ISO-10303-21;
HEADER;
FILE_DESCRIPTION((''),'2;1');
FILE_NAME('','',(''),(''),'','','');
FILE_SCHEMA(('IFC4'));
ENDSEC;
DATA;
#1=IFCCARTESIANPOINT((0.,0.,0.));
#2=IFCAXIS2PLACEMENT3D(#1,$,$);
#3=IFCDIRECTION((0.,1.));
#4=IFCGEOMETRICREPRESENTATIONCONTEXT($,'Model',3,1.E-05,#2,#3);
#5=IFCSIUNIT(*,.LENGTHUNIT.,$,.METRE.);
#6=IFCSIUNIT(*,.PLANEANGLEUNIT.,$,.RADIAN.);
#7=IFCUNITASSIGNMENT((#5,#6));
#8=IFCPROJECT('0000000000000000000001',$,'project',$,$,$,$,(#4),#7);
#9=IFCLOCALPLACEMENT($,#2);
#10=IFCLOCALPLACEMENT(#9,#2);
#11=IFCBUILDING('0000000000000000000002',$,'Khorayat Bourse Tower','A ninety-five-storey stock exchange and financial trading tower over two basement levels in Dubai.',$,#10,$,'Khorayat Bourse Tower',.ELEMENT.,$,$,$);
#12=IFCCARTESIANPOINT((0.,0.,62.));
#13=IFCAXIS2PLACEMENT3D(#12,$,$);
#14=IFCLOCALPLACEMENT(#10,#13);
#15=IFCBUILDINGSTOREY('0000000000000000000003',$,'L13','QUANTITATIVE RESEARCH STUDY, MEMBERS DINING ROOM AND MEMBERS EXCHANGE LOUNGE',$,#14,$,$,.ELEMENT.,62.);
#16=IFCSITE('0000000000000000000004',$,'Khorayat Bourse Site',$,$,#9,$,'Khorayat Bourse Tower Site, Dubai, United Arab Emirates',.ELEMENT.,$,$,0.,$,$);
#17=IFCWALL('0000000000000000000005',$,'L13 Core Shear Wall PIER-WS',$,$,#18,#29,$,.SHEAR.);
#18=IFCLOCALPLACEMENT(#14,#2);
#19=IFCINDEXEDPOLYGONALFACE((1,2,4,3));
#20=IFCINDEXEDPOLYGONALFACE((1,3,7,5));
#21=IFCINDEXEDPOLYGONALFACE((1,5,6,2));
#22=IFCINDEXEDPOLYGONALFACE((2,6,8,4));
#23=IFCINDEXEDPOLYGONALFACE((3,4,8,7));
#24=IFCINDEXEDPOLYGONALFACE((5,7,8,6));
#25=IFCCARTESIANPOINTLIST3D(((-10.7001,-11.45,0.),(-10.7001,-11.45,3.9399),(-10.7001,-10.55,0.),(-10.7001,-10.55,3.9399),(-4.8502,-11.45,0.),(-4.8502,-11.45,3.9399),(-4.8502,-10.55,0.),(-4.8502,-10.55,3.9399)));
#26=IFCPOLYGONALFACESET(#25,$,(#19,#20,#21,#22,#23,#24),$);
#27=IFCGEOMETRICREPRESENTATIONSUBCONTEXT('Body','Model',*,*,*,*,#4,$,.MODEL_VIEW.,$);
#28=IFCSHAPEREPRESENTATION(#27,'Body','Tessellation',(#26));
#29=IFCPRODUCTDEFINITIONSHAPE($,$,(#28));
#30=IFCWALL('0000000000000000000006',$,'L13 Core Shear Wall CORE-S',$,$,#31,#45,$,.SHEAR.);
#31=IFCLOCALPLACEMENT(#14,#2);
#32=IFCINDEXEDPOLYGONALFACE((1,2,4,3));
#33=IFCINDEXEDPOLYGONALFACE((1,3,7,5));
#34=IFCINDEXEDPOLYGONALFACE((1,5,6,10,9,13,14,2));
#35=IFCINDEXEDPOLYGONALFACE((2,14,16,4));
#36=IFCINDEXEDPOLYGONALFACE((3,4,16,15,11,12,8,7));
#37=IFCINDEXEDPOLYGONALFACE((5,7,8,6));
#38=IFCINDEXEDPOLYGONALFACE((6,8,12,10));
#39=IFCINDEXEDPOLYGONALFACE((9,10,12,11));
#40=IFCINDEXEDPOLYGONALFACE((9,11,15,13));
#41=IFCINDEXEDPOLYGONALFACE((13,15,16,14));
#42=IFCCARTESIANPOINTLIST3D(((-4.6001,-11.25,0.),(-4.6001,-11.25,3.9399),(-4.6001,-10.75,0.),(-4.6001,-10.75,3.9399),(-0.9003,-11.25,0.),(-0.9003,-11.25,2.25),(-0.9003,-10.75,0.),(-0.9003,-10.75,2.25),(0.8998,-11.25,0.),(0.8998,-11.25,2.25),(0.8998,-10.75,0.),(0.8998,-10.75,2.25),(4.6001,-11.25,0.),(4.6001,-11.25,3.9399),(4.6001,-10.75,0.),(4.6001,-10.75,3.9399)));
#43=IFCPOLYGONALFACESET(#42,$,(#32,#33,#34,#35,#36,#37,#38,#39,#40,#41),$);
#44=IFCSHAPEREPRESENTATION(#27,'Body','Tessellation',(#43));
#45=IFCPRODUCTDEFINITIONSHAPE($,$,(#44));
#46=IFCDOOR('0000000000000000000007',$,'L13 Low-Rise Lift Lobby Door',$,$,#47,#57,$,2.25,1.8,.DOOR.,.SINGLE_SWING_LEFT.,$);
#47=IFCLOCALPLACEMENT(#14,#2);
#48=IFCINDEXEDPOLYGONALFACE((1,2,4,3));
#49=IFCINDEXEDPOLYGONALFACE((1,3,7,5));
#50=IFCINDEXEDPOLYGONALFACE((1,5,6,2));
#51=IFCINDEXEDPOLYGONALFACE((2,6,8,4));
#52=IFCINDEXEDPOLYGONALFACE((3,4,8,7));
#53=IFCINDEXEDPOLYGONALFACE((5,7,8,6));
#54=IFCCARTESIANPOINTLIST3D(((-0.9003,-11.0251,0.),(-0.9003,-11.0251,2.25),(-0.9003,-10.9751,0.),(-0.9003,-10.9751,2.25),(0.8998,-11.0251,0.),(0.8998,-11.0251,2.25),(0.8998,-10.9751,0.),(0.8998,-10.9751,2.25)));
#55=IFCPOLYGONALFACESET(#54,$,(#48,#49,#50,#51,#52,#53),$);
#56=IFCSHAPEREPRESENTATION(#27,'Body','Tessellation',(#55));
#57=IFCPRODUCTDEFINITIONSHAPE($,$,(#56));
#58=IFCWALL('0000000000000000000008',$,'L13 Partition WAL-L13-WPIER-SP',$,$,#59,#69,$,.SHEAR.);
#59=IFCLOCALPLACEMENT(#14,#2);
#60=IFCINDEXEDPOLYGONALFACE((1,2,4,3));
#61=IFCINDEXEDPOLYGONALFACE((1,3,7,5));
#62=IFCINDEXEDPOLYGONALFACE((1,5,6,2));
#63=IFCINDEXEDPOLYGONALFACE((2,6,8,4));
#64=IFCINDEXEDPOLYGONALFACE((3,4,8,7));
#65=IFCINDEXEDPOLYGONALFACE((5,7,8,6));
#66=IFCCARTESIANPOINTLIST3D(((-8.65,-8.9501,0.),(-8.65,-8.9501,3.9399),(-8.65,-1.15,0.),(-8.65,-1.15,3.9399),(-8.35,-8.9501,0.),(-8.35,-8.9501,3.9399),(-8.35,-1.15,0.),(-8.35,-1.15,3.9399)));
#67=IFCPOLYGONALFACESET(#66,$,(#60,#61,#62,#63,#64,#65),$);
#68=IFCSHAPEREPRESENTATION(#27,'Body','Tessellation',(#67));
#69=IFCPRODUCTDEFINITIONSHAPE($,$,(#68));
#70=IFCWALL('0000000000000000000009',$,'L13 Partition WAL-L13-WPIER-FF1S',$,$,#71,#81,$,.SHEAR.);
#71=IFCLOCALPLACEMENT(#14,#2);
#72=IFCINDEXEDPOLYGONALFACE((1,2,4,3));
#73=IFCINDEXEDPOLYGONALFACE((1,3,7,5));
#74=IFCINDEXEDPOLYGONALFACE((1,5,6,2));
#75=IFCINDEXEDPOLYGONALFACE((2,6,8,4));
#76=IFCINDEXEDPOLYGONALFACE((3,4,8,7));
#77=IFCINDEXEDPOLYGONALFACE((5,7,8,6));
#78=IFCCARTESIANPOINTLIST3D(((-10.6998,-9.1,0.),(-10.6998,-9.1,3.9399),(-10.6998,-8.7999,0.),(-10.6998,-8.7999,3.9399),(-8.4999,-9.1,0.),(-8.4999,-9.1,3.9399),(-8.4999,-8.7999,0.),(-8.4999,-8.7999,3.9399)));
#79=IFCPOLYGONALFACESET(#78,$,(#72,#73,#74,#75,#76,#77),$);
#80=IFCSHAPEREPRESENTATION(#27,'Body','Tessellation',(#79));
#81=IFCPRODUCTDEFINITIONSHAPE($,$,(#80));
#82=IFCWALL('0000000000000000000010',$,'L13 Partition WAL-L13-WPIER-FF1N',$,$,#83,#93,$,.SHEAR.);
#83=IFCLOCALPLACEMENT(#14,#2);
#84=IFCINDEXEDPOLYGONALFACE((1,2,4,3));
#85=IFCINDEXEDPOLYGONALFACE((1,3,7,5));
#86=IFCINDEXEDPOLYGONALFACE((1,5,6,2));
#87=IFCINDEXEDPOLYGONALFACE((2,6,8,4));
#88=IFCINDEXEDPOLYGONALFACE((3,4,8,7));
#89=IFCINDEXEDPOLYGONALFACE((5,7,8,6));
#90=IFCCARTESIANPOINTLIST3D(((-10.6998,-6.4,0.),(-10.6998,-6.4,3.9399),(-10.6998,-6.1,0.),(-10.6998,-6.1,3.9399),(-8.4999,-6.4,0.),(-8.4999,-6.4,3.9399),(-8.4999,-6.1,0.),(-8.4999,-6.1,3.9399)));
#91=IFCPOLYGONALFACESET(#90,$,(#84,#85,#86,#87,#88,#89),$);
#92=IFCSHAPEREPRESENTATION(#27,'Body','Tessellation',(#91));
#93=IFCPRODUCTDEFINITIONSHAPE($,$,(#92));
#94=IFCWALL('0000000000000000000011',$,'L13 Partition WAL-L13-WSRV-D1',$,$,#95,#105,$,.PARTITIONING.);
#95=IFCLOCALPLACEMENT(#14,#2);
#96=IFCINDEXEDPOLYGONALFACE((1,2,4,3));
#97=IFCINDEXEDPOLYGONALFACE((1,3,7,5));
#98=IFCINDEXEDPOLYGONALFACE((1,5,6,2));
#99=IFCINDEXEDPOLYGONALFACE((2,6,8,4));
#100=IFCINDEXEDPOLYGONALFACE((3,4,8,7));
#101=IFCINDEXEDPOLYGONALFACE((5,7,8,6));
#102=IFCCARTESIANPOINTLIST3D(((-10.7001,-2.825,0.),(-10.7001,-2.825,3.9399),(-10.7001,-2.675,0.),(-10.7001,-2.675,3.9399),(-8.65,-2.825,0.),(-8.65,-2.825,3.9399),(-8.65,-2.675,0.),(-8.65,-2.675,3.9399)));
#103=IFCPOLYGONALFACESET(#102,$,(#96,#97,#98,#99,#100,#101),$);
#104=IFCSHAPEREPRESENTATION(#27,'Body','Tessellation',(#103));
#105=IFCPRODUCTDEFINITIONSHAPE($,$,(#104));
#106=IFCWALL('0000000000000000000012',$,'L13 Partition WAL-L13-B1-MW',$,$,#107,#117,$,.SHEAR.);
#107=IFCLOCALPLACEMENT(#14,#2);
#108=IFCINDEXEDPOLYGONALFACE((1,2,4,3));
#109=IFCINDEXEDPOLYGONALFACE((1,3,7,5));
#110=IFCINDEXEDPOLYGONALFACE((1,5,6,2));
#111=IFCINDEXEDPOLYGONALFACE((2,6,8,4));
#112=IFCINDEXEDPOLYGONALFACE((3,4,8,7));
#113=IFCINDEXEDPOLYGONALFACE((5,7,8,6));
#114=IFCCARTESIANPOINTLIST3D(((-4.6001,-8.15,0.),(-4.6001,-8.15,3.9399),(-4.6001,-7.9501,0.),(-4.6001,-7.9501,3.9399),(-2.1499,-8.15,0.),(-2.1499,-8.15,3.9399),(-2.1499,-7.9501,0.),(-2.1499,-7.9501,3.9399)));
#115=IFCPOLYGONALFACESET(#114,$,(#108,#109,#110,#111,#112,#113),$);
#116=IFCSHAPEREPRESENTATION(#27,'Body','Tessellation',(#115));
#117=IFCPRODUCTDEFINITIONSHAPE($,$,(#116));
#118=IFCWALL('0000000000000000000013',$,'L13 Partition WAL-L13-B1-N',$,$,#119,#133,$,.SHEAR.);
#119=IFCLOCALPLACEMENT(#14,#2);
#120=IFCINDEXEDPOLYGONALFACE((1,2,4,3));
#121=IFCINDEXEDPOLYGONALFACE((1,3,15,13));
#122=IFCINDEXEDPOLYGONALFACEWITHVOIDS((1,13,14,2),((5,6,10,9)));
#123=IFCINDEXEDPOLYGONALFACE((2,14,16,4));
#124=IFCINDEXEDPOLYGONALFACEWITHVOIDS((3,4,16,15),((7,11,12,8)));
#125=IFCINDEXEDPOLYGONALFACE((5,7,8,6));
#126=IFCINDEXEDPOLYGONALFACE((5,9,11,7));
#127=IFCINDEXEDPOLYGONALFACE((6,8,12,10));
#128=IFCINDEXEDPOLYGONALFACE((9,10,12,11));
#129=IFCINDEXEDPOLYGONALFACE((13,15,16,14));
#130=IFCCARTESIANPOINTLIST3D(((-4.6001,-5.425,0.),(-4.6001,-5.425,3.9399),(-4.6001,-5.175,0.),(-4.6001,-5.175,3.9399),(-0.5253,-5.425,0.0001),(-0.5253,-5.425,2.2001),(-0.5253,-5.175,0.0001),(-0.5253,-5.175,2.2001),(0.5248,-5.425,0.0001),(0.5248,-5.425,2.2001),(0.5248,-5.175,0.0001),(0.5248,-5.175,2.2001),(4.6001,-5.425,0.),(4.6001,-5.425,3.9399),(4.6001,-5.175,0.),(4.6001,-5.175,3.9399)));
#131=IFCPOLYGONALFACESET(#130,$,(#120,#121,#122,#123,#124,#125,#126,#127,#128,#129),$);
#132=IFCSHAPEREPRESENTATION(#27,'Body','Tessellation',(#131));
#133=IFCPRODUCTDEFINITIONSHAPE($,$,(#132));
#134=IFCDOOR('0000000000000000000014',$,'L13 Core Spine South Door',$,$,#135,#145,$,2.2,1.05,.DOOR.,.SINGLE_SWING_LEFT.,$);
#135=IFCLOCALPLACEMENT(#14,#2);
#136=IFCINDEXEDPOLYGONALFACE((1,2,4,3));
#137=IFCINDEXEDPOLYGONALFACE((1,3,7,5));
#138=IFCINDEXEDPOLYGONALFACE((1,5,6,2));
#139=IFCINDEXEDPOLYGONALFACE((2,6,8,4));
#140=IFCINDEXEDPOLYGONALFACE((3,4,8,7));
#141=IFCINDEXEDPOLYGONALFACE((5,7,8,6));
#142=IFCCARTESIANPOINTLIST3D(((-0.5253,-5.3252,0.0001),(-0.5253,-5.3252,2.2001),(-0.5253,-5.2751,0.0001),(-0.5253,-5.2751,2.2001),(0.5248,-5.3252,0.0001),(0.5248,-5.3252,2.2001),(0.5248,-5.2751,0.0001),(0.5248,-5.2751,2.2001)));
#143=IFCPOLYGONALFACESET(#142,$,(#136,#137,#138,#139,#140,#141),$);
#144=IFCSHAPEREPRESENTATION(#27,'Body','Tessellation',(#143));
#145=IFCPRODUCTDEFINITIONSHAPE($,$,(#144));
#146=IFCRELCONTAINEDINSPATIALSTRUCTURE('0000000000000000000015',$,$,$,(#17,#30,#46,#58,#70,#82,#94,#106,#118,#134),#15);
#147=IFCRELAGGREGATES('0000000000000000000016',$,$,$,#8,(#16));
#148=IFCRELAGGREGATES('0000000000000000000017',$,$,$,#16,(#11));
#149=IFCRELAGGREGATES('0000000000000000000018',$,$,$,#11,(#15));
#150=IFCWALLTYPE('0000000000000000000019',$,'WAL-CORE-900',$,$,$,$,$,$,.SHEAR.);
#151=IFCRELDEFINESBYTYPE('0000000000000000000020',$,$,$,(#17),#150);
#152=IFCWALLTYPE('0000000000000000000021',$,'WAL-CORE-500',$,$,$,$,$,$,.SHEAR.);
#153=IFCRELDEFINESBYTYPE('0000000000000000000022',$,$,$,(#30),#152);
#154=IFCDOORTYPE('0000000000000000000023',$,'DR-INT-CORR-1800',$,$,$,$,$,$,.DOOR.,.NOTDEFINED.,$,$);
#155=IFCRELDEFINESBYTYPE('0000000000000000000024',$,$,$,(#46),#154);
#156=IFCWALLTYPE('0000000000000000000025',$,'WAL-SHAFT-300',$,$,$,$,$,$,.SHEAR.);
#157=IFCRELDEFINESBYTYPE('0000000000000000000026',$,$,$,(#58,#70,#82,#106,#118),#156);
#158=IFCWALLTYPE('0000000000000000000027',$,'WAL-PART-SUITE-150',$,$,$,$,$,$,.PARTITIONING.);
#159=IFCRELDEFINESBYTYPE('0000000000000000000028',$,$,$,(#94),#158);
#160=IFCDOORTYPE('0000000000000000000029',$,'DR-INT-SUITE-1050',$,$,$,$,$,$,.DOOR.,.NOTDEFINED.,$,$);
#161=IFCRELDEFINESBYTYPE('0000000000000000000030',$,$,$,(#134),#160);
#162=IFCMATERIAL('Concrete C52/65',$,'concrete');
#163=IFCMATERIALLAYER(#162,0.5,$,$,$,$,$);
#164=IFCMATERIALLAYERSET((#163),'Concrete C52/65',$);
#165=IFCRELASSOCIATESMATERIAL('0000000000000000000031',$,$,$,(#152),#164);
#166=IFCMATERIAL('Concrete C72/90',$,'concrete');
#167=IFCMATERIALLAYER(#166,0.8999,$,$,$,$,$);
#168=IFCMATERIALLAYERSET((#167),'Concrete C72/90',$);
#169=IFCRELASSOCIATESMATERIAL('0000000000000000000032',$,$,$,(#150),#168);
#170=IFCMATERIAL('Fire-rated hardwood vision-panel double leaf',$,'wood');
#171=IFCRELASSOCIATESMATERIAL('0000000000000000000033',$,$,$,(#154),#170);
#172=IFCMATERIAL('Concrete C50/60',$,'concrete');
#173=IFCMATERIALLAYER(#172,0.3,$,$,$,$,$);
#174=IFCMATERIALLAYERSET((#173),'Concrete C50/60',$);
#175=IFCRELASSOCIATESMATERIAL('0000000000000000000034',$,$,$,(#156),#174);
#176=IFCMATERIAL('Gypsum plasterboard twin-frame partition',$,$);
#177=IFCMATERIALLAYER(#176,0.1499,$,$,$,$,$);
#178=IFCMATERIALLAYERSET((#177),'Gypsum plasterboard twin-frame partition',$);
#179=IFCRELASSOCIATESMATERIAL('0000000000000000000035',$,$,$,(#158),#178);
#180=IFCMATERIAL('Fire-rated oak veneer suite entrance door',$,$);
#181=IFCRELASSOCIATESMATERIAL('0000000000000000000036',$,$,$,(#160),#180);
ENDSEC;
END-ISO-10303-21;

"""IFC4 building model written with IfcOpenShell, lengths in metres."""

from ifc_helpers import new_model, si_unit, direction, frame, frame_2d, origin, place, context, subcontext, project, spatial, rectangle, extrude, source, transform, mapped, material, layer, layer_set, type_object, element, fill, save


model = new_model("IFC4")

# Units and contexts
model_context = context("Model", 3, precision=1e-05, world=origin(), true_north=direction((0.0, 1.0)))
body_context = subcontext(model_context, "Body", "Model", "MODEL_VIEW")
ifc_project = project(units=[si_unit("LENGTHUNIT", "METRE"), si_unit("PLANEANGLEUNIT", "RADIAN")], contexts=[model_context])

# Site, building, storey
site_placement = place(None, origin())
site = spatial("IfcSite", under=ifc_project, at=site_placement, Name="Khorayat Bourse Site", LongName="Khorayat Bourse Tower Site, Dubai, United Arab Emirates", CompositionType="ELEMENT", RefElevation=0.0)
building_placement = place(site_placement, origin())
building = spatial("IfcBuilding", under=site, at=building_placement, Name="Khorayat Bourse Tower", Description="A ninety-five-storey stock exchange and financial trading tower over two basement levels in Dubai.", LongName="Khorayat Bourse Tower", CompositionType="ELEMENT")
storey_placement = place(building_placement, frame((0.0, 0.0, 62.0)))
storey = spatial("IfcBuildingStorey", under=building, at=storey_placement, Name="L13", Description="QUANTITATIVE RESEARCH STUDY, MEMBERS DINING ROOM AND MEMBERS EXCHANGE LOUNGE", CompositionType="ELEMENT", Elevation=62.0)

# Shared definitions
ifc_material_1 = material(Name="Concrete C72/90", Category="concrete")

# Wall
ifc_material_2 = material(Name="Concrete C52/65", Category="concrete")
ifc_layer_1 = layer(ifc_material_2, 0.5)
ifc_layer_set_1 = layer_set([ifc_layer_1], Name="Concrete C52/65")
wall_type_1 = type_object("IfcWallType", Name="WAL-CORE-500", PredefinedType="SHEAR", material=ifc_layer_set_1)
ifc_layer_2 = layer(ifc_material_1, 0.8999)
ifc_layer_set_2 = layer_set([ifc_layer_2], Name="Concrete C72/90")
wall_type_2 = type_object("IfcWallType", Name="WAL-CORE-900", PredefinedType="SHEAR", material=ifc_layer_set_2)
shared_shape_1 = source(origin(), body_context, "Body", "SweptSolid", [
    extrude(rectangle(XDim=5.8499, YDim=0.8999, at=frame_2d((2.9248, 0.0))), origin(), (0.0, 0.0, 1.0), 3.9399),
])
wall_1_placement = place(storey_placement, frame((-10.7, -11.0, 0.0), z_axis=(0.0, 0.0, 1.0), x_axis=(1.0, 0.0, 0.0)))
element("IfcWall", 1, at=wall_1_placement, inside=storey, type_object=wall_type_2, Name="L13 Core Shear Wall PIER-WS", PredefinedType="SHEAR", context=body_context, shape_type="MappedRepresentation", body=[
    mapped(shared_shape_1, transform((0.0, 0.0, 0.0), scale=1.0)),
])

# Wall, opening, door
shared_shape_2 = source(origin(), body_context, "Body", "SweptSolid", [
    extrude(rectangle(XDim=9.2002, YDim=0.5, at=frame_2d((4.6001, 0.0))), origin(), (0.0, 0.0, 1.0), 3.9399),
])
wall_2_placement = place(storey_placement, frame((-4.6001, -11.0, 0.0), z_axis=(0.0, 0.0, 1.0), x_axis=(1.0, 0.0, 0.0)))
wall_2 = element("IfcWall", 2, at=wall_2_placement, inside=storey, type_object=wall_type_1, Name="L13 Core Shear Wall CORE-S", PredefinedType="SHEAR", context=body_context, shape_type="MappedRepresentation", body=[
    mapped(shared_shape_2, transform((0.0, 0.0, 0.0), scale=1.0)),
])
shared_shape_3 = source(origin(), body_context, "Body", "SweptSolid", [
    extrude(rectangle(XDim=1.8, YDim=2.25, at=frame_2d((0.8999, 1.125))), frame((0.0, 0.26, 0.0), z_axis=(0.0, -1.0, 0.0), x_axis=(1.0, 0.0, 0.0)), (0.0, 0.0, 1.0), 0.52),
])
opening_1_placement = place(wall_2_placement, frame((3.7, 0.0, 0.0)))
opening_1 = element("IfcOpeningElement", 3, at=opening_1_placement, cuts=wall_2, PredefinedType="OPENING", context=body_context, shape_type="MappedRepresentation", body=[
    mapped(shared_shape_3, transform((0.0, 0.0, 0.0), scale=1.0)),
])
ifc_material_3 = material(Name="Fire-rated hardwood vision-panel double leaf", Category="wood")
door_type_1 = type_object("IfcDoorType", Name="DR-INT-CORR-1800", OperationType="NOTDEFINED", PredefinedType="DOOR", material=ifc_material_3)
shared_shape_4 = source(origin(), body_context, "Body", "SweptSolid", [
    extrude(rectangle(XDim=1.8, YDim=2.25, at=frame_2d((0.8999, 1.125))), frame((0.0, 0.0249, 0.0), z_axis=(0.0, -1.0, 0.0), x_axis=(1.0, 0.0, 0.0)), (0.0, 0.0, 1.0), 0.05),
])
door_1_placement = place(opening_1_placement, origin())
door_1 = element("IfcDoor", 4, at=door_1_placement, inside=storey, type_object=door_type_1, Name="L13 Low-Rise Lift Lobby Door", OperationType="SINGLE_SWING_LEFT", OverallHeight=2.25, OverallWidth=1.8, PredefinedType="DOOR", context=body_context, shape_type="MappedRepresentation", body=[
    mapped(shared_shape_4, transform((0.0, 0.0, 0.0), scale=1.0)),
])
fill(opening_1, door_1)

# Walls
ifc_material_4 = material(Name="Concrete C50/60", Category="concrete")
ifc_layer_3 = layer(ifc_material_4, 0.3)
ifc_layer_set_3 = layer_set([ifc_layer_3], Name="Concrete C50/60")
wall_type_3 = type_object("IfcWallType", Name="WAL-SHAFT-300", PredefinedType="SHEAR", material=ifc_layer_set_3)
shared_shape_5 = source(origin(), body_context, "Body", "SweptSolid", [
    extrude(rectangle(XDim=7.8, YDim=0.3, at=frame_2d((3.8999, 0.0))), origin(), (0.0, 0.0, 1.0), 3.9399),
])
wall_3_placement = place(storey_placement, frame((-8.5, -8.95, 0.0), z_axis=(0.0, 0.0, 1.0), x_axis=(0.0, 1.0, 0.0)))
element("IfcWall", 5, at=wall_3_placement, inside=storey, type_object=wall_type_3, Name="L13 Partition WAL-L13-WPIER-SP", PredefinedType="SHEAR", context=body_context, shape_type="MappedRepresentation", body=[
    mapped(shared_shape_5, transform((0.0, 0.0, 0.0), scale=1.0)),
])
shared_shape_6 = source(origin(), body_context, "Body", "SweptSolid", [
    extrude(rectangle(XDim=2.2, YDim=0.3, at=frame_2d((1.1001, 0.0))), origin(), (0.0, 0.0, 1.0), 3.9399),
])
for number, where, z_axis, x_axis, name in (
    (6, (-10.7, -8.95, 0.0), (0.0, 0.0, 1.0), (1.0, 0.0, 0.0), "L13 Partition WAL-L13-WPIER-FF1S"),
    (7, (-10.7, -6.25, 0.0), (0.0, 0.0, 1.0), (1.0, 0.0, 0.0), "L13 Partition WAL-L13-WPIER-FF1N"),
):
    element("IfcWall", number, at=place(storey_placement, frame(where, z_axis=z_axis, x_axis=x_axis)), inside=storey, type_object=wall_type_3, Name=name, PredefinedType="SHEAR", context=body_context, shape_type="MappedRepresentation", body=[
        mapped(shared_shape_6, transform((0.0, 0.0, 0.0), scale=1.0)),
    ])
ifc_material_5 = material(Name="Gypsum plasterboard twin-frame partition")
ifc_layer_4 = layer(ifc_material_5, 0.1499)
ifc_layer_set_4 = layer_set([ifc_layer_4], Name="Gypsum plasterboard twin-frame partition")
wall_type_4 = type_object("IfcWallType", Name="WAL-PART-SUITE-150", PredefinedType="PARTITIONING", material=ifc_layer_set_4)
shared_shape_7 = source(origin(), body_context, "Body", "SweptSolid", [
    extrude(rectangle(XDim=2.05, YDim=0.1499, at=frame_2d((1.0249, 0.0))), origin(), (0.0, 0.0, 1.0), 3.9399),
])
wall_4_placement = place(storey_placement, frame((-10.7, -2.75, 0.0), z_axis=(0.0, 0.0, 1.0), x_axis=(1.0, 0.0, 0.0)))
element("IfcWall", 8, at=wall_4_placement, inside=storey, type_object=wall_type_4, Name="L13 Partition WAL-L13-WSRV-D1", PredefinedType="PARTITIONING", context=body_context, shape_type="MappedRepresentation", body=[
    mapped(shared_shape_7, transform((0.0, 0.0, 0.0), scale=1.0)),
])
shared_shape_8 = source(origin(), body_context, "Body", "SweptSolid", [
    extrude(rectangle(XDim=2.4502, YDim=0.2, at=frame_2d((1.2251, 0.0))), origin(), (0.0, 0.0, 1.0), 3.9399),
])
wall_5_placement = place(storey_placement, frame((-4.6001, -8.05, 0.0), z_axis=(0.0, 0.0, 1.0), x_axis=(1.0, 0.0, 0.0)))
element("IfcWall", 9, at=wall_5_placement, inside=storey, type_object=wall_type_3, Name="L13 Partition WAL-L13-B1-MW", PredefinedType="SHEAR", context=body_context, shape_type="MappedRepresentation", body=[
    mapped(shared_shape_8, transform((0.0, 0.0, 0.0), scale=1.0)),
])

# Wall, opening, door
shared_shape_9 = source(origin(), body_context, "Body", "SweptSolid", [
    extrude(rectangle(XDim=9.2002, YDim=0.25, at=frame_2d((4.6001, 0.0))), origin(), (0.0, 0.0, 1.0), 3.9399),
])
wall_6_placement = place(storey_placement, frame((-4.6001, -5.3, 0.0), z_axis=(0.0, 0.0, 1.0), x_axis=(1.0, 0.0, 0.0)))
wall_6 = element("IfcWall", 10, at=wall_6_placement, inside=storey, type_object=wall_type_3, Name="L13 Partition WAL-L13-B1-N", PredefinedType="SHEAR", context=body_context, shape_type="MappedRepresentation", body=[
    mapped(shared_shape_9, transform((0.0, 0.0, 0.0), scale=1.0)),
])
shared_shape_10 = source(origin(), body_context, "Body", "SweptSolid", [
    extrude(rectangle(XDim=1.05, YDim=2.2, at=frame_2d((0.5249, 1.1001))), frame((0.0, 0.135, 0.0), z_axis=(0.0, -1.0, 0.0), x_axis=(1.0, 0.0, 0.0)), (0.0, 0.0, 1.0), 0.27),
])
opening_2_placement = place(wall_6_placement, frame((4.075, 0.0, 0.0)))
opening_2 = element("IfcOpeningElement", 11, at=opening_2_placement, cuts=wall_6, PredefinedType="OPENING", context=body_context, shape_type="MappedRepresentation", body=[
    mapped(shared_shape_10, transform((0.0, 0.0, 0.0), scale=1.0)),
])
ifc_material_6 = material(Name="Fire-rated oak veneer suite entrance door")
door_type_2 = type_object("IfcDoorType", Name="DR-INT-SUITE-1050", OperationType="NOTDEFINED", PredefinedType="DOOR", material=ifc_material_6)
shared_shape_11 = source(origin(), body_context, "Body", "SweptSolid", [
    extrude(rectangle(XDim=1.05, YDim=2.2, at=frame_2d((0.5249, 1.1001))), frame((0.0, 0.0249, 0.0), z_axis=(0.0, -1.0, 0.0), x_axis=(1.0, 0.0, 0.0)), (0.0, 0.0, 1.0), 0.05),
])
door_2_placement = place(opening_2_placement, origin())
door_2 = element("IfcDoor", 12, at=door_2_placement, inside=storey, type_object=door_type_2, Name="L13 Core Spine South Door", OperationType="SINGLE_SWING_LEFT", OverallHeight=2.2, OverallWidth=1.05, PredefinedType="DOOR", context=body_context, shape_type="MappedRepresentation", body=[
    mapped(shared_shape_11, transform((0.0, 0.0, 0.0), scale=1.0)),
])
fill(opening_2, door_2)

save(model, "model.ifc")
